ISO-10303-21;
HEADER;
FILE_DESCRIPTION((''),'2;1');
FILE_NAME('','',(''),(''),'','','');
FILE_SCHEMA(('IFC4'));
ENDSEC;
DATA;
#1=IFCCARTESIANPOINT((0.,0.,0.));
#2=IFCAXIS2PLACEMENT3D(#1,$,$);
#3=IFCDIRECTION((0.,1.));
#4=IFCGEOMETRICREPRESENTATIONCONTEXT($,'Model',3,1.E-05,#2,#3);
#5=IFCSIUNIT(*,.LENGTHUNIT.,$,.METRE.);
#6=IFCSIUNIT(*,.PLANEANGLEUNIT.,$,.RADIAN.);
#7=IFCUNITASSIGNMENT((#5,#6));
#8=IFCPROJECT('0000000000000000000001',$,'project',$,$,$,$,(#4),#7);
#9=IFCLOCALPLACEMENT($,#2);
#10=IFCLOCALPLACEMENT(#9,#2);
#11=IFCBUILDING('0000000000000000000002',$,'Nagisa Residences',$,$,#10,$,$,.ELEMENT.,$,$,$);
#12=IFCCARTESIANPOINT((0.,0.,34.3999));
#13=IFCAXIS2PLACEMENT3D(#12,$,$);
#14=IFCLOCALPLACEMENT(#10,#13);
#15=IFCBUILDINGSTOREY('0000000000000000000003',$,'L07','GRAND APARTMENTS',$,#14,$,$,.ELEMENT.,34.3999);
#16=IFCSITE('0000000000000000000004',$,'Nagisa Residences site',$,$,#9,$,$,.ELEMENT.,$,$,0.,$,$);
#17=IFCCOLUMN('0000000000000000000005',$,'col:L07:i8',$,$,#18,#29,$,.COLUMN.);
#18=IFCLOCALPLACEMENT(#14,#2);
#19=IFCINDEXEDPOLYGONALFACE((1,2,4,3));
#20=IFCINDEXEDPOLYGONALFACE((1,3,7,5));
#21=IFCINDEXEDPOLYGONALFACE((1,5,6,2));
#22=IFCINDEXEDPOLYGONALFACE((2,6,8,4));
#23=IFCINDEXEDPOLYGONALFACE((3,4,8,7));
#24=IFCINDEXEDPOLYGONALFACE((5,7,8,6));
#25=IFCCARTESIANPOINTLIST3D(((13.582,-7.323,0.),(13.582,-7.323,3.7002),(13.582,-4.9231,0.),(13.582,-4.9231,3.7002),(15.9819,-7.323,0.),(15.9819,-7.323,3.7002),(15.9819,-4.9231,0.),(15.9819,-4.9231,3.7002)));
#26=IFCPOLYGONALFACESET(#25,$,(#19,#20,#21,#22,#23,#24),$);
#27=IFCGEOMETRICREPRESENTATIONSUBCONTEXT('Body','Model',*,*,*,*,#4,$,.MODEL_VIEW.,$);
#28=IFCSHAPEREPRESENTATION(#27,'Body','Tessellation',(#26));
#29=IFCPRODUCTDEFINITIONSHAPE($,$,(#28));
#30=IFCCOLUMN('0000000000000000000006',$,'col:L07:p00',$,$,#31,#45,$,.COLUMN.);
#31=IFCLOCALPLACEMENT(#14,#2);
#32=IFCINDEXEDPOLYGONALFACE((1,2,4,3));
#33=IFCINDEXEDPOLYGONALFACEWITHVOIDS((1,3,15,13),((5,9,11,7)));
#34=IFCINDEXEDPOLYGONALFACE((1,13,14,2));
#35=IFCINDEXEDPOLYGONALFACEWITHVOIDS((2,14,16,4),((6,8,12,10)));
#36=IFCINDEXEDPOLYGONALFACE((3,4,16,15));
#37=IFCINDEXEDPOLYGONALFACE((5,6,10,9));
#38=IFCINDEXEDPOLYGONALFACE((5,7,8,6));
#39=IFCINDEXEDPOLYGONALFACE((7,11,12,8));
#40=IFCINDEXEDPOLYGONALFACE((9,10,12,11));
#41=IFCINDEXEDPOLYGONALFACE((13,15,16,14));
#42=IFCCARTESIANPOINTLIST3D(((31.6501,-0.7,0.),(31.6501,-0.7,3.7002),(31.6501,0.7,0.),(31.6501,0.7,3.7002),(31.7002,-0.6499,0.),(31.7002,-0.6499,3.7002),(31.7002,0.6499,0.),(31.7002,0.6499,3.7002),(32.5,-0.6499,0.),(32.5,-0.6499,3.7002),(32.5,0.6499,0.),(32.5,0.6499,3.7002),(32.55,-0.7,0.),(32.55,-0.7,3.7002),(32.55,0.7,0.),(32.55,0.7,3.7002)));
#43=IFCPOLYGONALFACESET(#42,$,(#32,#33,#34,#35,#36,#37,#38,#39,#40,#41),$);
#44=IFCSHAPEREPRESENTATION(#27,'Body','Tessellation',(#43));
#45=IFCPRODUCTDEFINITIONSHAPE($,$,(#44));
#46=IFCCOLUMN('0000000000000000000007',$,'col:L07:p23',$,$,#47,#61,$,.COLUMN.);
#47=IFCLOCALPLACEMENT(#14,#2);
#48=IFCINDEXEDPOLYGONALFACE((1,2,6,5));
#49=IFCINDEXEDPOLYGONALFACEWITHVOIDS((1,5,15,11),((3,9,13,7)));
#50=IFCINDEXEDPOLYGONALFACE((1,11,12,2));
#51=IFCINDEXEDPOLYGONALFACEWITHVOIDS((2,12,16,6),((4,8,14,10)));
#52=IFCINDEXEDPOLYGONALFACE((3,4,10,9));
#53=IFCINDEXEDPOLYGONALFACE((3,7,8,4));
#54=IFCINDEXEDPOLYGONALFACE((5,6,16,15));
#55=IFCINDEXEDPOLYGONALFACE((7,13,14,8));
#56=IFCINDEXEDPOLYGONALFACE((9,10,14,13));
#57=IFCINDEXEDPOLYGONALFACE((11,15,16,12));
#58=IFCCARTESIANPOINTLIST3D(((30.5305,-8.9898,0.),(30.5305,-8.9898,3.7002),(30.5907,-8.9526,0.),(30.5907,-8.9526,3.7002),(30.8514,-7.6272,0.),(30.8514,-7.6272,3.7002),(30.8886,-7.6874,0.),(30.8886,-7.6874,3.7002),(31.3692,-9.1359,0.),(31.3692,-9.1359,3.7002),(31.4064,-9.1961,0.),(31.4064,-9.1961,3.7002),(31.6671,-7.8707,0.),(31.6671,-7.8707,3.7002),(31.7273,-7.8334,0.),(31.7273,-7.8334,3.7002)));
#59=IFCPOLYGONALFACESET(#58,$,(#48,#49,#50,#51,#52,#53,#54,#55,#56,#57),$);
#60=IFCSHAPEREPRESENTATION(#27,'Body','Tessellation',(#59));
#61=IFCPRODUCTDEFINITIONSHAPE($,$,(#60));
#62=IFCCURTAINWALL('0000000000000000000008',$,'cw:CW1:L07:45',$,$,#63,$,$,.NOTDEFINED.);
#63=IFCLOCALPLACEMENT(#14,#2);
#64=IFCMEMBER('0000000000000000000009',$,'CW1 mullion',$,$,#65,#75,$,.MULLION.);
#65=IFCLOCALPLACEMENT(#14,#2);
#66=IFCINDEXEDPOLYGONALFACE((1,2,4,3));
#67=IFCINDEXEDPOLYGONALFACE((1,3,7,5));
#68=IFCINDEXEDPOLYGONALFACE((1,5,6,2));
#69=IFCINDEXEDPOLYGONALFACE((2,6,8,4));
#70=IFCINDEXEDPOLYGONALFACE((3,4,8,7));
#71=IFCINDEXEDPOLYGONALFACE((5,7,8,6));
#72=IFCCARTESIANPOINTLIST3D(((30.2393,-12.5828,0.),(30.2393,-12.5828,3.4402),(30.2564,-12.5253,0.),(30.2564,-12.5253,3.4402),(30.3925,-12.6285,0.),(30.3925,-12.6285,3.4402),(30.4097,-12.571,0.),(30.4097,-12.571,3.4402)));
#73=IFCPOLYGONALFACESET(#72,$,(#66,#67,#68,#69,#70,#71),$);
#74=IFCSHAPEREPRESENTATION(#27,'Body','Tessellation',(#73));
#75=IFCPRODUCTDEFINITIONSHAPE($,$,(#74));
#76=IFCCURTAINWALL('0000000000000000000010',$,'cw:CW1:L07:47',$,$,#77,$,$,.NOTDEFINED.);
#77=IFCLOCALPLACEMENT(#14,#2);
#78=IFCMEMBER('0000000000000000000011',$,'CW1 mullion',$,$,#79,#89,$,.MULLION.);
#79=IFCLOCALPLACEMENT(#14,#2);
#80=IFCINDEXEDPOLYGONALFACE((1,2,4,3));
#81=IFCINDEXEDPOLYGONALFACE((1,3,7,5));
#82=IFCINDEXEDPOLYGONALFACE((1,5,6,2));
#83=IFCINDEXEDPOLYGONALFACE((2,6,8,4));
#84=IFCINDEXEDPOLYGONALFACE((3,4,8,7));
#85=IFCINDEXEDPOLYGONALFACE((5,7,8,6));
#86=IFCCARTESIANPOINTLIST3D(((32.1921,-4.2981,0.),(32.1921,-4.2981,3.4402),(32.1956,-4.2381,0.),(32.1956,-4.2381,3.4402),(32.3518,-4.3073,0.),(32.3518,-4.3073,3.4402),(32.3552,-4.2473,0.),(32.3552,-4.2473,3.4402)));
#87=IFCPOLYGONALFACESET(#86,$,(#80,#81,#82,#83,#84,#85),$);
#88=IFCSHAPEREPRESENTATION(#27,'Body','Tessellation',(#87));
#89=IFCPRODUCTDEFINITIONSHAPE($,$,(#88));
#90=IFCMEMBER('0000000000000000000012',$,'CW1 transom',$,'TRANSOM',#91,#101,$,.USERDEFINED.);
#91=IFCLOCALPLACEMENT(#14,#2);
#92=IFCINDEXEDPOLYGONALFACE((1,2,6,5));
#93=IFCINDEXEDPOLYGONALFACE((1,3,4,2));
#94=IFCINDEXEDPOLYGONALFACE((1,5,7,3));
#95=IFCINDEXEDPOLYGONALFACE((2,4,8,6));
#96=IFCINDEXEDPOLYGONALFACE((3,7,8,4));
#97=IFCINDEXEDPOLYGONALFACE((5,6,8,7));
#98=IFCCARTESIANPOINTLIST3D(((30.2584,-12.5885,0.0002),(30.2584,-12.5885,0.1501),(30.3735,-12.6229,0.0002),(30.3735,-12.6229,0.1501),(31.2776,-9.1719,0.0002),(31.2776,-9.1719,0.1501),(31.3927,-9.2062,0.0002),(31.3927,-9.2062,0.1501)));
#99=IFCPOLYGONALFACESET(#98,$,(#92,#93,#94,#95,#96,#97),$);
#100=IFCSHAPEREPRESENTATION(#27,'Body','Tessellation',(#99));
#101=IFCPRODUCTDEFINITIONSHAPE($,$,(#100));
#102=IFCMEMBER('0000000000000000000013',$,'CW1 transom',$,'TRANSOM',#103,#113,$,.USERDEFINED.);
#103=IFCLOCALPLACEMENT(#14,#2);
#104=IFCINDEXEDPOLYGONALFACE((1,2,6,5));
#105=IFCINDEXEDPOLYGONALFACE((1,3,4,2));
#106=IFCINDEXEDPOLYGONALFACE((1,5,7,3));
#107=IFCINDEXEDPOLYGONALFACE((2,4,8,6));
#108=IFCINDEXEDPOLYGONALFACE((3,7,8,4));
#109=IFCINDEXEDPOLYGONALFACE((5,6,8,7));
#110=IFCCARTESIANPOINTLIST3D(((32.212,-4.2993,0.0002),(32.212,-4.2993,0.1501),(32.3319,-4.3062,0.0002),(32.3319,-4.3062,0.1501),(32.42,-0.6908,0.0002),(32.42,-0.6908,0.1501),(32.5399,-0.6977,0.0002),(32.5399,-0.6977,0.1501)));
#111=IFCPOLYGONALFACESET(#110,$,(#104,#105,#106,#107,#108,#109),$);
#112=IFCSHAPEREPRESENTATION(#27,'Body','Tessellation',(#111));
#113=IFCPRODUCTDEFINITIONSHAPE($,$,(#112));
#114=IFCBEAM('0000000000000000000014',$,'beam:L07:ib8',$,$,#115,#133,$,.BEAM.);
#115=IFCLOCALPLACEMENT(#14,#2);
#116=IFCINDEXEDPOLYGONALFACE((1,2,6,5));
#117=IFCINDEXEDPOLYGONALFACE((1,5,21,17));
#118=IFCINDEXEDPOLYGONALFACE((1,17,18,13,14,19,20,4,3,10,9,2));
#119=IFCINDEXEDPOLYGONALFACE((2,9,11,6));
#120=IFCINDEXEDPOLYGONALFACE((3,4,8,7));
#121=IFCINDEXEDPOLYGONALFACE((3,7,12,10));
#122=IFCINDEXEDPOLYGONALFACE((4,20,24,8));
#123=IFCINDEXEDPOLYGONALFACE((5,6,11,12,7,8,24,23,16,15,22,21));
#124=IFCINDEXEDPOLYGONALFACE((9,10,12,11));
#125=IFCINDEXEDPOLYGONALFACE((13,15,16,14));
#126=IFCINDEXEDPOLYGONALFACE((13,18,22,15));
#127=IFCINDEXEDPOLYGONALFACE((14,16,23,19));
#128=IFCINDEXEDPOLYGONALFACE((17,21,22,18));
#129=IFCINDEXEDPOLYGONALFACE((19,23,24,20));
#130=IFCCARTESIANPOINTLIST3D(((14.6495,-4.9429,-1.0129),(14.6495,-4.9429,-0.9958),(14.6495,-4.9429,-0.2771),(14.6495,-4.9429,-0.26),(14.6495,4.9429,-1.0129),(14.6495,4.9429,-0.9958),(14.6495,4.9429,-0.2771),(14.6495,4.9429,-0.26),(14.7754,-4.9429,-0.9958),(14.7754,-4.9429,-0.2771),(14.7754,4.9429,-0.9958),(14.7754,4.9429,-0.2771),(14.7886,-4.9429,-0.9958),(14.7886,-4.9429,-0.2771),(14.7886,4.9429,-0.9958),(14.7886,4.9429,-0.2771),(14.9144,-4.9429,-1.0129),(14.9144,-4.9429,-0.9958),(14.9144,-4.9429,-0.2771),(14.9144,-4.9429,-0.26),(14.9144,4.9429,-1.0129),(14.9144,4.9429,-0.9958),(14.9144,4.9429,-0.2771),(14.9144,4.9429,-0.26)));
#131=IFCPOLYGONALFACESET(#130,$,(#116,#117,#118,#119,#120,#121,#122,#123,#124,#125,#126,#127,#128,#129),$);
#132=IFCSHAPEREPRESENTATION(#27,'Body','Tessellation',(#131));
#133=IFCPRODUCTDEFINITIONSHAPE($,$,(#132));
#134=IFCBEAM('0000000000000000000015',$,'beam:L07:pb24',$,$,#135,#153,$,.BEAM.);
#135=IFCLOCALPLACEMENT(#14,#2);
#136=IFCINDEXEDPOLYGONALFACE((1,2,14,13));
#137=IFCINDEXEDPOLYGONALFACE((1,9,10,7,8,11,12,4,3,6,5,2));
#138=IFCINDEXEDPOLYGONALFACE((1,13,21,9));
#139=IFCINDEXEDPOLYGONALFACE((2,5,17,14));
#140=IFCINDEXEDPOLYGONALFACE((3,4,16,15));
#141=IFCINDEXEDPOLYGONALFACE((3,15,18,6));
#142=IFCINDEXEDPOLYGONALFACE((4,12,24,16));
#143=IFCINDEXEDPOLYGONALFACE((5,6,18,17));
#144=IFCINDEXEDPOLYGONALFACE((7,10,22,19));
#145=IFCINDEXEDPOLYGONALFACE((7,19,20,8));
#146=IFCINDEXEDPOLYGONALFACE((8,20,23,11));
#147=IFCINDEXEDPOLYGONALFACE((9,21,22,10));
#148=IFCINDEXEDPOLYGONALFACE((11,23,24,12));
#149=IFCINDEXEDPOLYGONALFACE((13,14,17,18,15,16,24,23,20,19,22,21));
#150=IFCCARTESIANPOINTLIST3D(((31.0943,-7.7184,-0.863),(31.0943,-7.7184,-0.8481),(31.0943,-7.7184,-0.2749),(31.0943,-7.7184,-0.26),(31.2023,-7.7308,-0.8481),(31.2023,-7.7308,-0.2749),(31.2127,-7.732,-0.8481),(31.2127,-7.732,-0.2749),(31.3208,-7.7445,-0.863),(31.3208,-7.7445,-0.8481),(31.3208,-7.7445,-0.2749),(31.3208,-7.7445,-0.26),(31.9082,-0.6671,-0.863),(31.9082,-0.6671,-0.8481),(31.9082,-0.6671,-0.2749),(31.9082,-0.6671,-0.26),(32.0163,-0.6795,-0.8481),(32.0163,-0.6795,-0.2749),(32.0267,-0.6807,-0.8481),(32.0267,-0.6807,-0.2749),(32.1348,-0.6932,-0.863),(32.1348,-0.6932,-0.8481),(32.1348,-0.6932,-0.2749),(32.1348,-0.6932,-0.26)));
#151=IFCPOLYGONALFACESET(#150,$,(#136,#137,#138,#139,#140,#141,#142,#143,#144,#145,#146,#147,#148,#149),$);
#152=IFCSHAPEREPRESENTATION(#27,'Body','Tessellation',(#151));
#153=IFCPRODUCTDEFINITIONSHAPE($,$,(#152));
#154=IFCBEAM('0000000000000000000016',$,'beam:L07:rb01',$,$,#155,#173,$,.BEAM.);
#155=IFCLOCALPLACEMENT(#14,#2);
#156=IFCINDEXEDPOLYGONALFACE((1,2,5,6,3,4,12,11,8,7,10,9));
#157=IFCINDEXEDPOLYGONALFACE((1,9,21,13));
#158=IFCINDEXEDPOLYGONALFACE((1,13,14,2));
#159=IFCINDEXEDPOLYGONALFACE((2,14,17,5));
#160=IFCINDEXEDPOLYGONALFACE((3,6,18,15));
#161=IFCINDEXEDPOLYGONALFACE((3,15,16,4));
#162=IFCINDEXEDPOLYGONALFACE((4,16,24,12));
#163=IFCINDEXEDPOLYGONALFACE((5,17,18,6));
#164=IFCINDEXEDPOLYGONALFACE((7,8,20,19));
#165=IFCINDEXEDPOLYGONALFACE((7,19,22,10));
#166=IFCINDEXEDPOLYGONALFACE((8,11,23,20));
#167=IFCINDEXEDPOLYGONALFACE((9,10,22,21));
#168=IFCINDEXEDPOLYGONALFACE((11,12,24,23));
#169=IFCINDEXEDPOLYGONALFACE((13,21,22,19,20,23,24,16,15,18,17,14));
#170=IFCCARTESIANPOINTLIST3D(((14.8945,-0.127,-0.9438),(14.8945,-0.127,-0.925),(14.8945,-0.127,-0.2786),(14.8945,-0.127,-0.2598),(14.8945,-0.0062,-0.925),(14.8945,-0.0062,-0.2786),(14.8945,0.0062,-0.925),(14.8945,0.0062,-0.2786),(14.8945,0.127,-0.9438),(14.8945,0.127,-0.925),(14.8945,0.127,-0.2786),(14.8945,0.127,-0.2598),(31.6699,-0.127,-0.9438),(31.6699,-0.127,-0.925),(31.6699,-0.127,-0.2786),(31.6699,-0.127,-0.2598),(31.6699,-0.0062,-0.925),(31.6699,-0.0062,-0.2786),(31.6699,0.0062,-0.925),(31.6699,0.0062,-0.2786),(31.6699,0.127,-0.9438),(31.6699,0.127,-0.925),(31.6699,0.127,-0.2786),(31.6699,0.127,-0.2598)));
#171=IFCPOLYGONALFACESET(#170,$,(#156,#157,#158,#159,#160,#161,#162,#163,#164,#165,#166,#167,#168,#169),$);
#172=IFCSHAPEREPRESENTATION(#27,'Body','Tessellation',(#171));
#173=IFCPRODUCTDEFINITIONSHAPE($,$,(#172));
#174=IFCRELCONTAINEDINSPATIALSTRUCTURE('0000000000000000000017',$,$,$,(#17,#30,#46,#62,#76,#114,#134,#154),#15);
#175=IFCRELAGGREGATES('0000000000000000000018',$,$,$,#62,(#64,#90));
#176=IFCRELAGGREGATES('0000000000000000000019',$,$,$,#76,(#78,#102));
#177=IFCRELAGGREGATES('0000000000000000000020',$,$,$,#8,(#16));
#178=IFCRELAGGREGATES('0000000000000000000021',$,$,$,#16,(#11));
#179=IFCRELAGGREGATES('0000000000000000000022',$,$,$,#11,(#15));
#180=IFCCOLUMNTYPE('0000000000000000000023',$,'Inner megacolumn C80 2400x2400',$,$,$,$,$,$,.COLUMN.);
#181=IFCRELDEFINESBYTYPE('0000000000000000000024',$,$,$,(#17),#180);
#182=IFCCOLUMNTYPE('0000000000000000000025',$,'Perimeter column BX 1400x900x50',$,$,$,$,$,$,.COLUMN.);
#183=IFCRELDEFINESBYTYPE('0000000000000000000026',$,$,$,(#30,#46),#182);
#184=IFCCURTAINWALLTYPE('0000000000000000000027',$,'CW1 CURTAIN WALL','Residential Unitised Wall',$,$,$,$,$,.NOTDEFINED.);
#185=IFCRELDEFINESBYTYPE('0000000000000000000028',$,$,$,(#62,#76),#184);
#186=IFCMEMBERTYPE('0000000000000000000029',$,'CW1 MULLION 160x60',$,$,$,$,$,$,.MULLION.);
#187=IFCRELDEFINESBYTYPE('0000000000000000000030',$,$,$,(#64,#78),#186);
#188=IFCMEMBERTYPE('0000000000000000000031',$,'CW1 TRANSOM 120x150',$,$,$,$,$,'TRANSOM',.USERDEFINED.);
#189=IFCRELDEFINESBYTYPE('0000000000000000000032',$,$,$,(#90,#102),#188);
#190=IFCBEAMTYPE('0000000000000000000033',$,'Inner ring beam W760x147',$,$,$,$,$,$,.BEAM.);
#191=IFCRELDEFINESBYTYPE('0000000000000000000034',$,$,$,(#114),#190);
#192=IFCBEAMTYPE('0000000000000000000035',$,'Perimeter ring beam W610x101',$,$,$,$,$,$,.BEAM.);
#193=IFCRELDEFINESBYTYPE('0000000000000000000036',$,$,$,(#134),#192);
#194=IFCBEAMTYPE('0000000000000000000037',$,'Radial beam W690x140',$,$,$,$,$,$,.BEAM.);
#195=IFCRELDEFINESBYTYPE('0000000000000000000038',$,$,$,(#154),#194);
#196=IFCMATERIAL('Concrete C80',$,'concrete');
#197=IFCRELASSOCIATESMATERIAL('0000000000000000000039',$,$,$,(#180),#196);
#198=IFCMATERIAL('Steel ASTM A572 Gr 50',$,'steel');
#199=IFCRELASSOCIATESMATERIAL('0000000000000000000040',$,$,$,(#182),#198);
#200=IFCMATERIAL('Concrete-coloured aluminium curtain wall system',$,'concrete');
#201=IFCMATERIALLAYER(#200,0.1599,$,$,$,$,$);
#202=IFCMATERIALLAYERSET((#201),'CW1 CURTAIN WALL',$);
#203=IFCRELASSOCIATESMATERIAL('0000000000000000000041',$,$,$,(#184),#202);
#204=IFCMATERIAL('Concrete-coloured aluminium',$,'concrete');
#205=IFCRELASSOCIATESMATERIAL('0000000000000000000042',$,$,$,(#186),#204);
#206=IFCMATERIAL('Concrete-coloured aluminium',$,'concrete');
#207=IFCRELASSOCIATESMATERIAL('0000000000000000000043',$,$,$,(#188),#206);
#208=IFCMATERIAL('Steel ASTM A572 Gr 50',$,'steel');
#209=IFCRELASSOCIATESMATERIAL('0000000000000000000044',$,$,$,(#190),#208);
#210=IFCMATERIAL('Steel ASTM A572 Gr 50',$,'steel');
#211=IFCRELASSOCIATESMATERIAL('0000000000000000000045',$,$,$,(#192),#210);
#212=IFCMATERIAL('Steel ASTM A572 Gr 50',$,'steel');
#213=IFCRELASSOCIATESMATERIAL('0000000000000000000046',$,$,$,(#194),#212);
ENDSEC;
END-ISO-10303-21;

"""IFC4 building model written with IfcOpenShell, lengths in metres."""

from ifc_helpers import new_model, si_unit, direction, frame, origin, origin_2d, place, context, subcontext, project, spatial, rectangle, hollow_rectangle, i_section, extrude, material, layer, layer_set, material_profile, profile_set, type_object, element, aggregate, save


model = new_model("IFC4")

# Units and contexts
model_context = context("Model", 3, precision=1e-05, world=origin(), true_north=direction((0.0, 1.0)))
body_context = subcontext(model_context, "Body", "Model", "MODEL_VIEW")
ifc_project = project(units=[si_unit("LENGTHUNIT", "METRE"), si_unit("PLANEANGLEUNIT", "RADIAN")], contexts=[model_context])

# Site, building, storey
site_placement = place(None, origin())
site = spatial("IfcSite", under=ifc_project, at=site_placement, Name="Nagisa Residences site", CompositionType="ELEMENT", RefElevation=0.0)
building_placement = place(site_placement, origin())
building = spatial("IfcBuilding", under=site, at=building_placement, Name="Nagisa Residences", CompositionType="ELEMENT")
storey_placement = place(building_placement, frame((0.0, 0.0, 34.3999)))
storey = spatial("IfcBuildingStorey", under=building, at=storey_placement, Name="L07", Description="GRAND APARTMENTS", CompositionType="ELEMENT", Elevation=34.3999)

# Columns
ifc_material_1 = material(Name="Concrete C80", Category="concrete")
ifc_material_profile_1 = material_profile(ifc_material_1, rectangle(XDim=2.3999, YDim=2.3999, at=origin_2d()), Name="C80 2400x2400")
ifc_profile_set_1 = profile_set([ifc_material_profile_1], Name="Concrete C80")
column_type_1 = type_object("IfcColumnType", Name="Inner megacolumn C80 2400x2400", PredefinedType="COLUMN", material=ifc_profile_set_1)
column_placement = place(storey_placement, frame((14.782, -6.123, 0.0), z_axis=(0.0, 0.0, 1.0), x_axis=(1.0, 0.0, 0.0)))
element("IfcColumn", 1, at=column_placement, inside=storey, type_object=column_type_1, Name="col:L07:i8", PredefinedType="COLUMN", context=body_context, shape_type="SweptSolid", body=[
    extrude(rectangle(XDim=2.3999, YDim=2.3999, at=origin_2d()), origin(), (0.0, 0.0, 1.0), 3.7002),
])
ifc_material_2 = material(Name="Steel ASTM A572 Gr 50", Category="steel")
ifc_material_profile_2 = material_profile(ifc_material_2, hollow_rectangle(XDim=1.3999, YDim=0.8999, WallThickness=0.05, at=origin_2d()), Name="BX 1400x900x50")
ifc_profile_set_2 = profile_set([ifc_material_profile_2], Name="Steel ASTM A572 Gr 50")
column_type_2 = type_object("IfcColumnType", Name="Perimeter column BX 1400x900x50", PredefinedType="COLUMN", material=ifc_profile_set_2)
for number, where, z_axis, x_axis, name in (
    (2, (32.1001, 0.0, 0.0), (0.0, 0.0, 1.0), (0.0, 1.0, 0.0), "col:L07:p00"),
    (3, (31.1289, -8.4116, 0.0), (0.0, 0.0, 1.0), (0.229202, 0.973379, 0.0), "col:L07:p23"),
):
    element("IfcColumn", number, at=place(storey_placement, frame(where, z_axis=z_axis, x_axis=x_axis)), inside=storey, type_object=column_type_2, Name=name, PredefinedType="COLUMN", context=body_context, shape_type="SweptSolid", body=[
        extrude(hollow_rectangle(XDim=1.3999, YDim=0.8999, WallThickness=0.05, at=origin_2d()), origin(), (0.0, 0.0, 1.0), 3.7002),
    ])

# Curtain walls, members
ifc_material_3 = material(Name="Concrete-coloured aluminium curtain wall system", Category="concrete")
ifc_layer_1 = layer(ifc_material_3, 0.1599)
ifc_layer_set_1 = layer_set([ifc_layer_1], Name="CW1 CURTAIN WALL")
curtain_wall_type = type_object("IfcCurtainWallType", Name="CW1 CURTAIN WALL", Description="Residential Unitised Wall", PredefinedType="NOTDEFINED", material=ifc_layer_set_1)
curtain_wall_1_placement = place(storey_placement, origin())
curtain_wall_1 = element("IfcCurtainWall", 4, at=curtain_wall_1_placement, inside=storey, type_object=curtain_wall_type, Name="cw:CW1:L07:45", PredefinedType="NOTDEFINED")
ifc_material_4 = material(Name="Concrete-coloured aluminium", Category="concrete")
ifc_material_profile_3 = material_profile(ifc_material_4, rectangle(XDim=0.1599, YDim=0.0601, at=origin_2d()), Name="CW1 MULLION 160x60")
ifc_profile_set_3 = profile_set([ifc_material_profile_3], Name="Concrete-coloured aluminium")
member_type_1 = type_object("IfcMemberType", Name="CW1 MULLION 160x60", PredefinedType="MULLION", material=ifc_profile_set_3)
member_1_placement = place(storey_placement, frame((30.3245, -12.5769, 0.0), z_axis=(0.0, 0.0, 1.0), x_axis=(-0.958271, 0.28586, 0.0)))
member_1 = element("IfcMember", 5, at=member_1_placement, type_object=member_type_1, Name="CW1 mullion", PredefinedType="MULLION", context=body_context, shape_type="SweptSolid", body=[
    extrude(rectangle(XDim=0.1599, YDim=0.0601, at=origin_2d()), origin(), (0.0, 0.0, 1.0), 3.4402),
])
curtain_wall_2_placement = place(storey_placement, origin())
curtain_wall_2 = element("IfcCurtainWall", 6, at=curtain_wall_2_placement, inside=storey, type_object=curtain_wall_type, Name="cw:CW1:L07:47", PredefinedType="NOTDEFINED")
member_2_placement = place(storey_placement, frame((32.2737, -4.2727, 0.0), z_axis=(0.0, 0.0, 1.0), x_axis=(-0.998345, 0.057503, 0.0)))
member_2 = element("IfcMember", 7, at=member_2_placement, type_object=member_type_1, Name="CW1 mullion", PredefinedType="MULLION", context=body_context, shape_type="SweptSolid", body=[
    extrude(rectangle(XDim=0.1599, YDim=0.0601, at=origin_2d()), origin(), (0.0, 0.0, 1.0), 3.4402),
])

# Members
ifc_material_5 = material(Name="Concrete-coloured aluminium", Category="concrete")
ifc_material_profile_4 = material_profile(ifc_material_5, rectangle(XDim=0.1201, YDim=0.1499, at=origin_2d()), Name="CW1 TRANSOM 120x150")
ifc_profile_set_4 = profile_set([ifc_material_profile_4], Name="Concrete-coloured aluminium")
member_type_2 = type_object("IfcMemberType", Name="CW1 TRANSOM 120x150", ElementType="TRANSOM", PredefinedType="USERDEFINED", material=ifc_profile_set_4)
member_3_placement = place(storey_placement, frame((30.3159, -12.6057, 0.0752), z_axis=(0.285871, 0.958268, 0.0), x_axis=(-0.958268, 0.285871, 0.0)))
member_3 = element("IfcMember", 8, at=member_3_placement, type_object=member_type_2, Name="CW1 transom", ObjectType="TRANSOM", PredefinedType="USERDEFINED", context=body_context, shape_type="SweptSolid", body=[
    extrude(rectangle(XDim=0.1201, YDim=0.1499, at=origin_2d()), origin(), (0.0, 0.0, 1.0), 3.5654),
])
member_4_placement = place(storey_placement, frame((32.272, -4.3027, 0.0752), z_axis=(0.05755, 0.998343, 0.0), x_axis=(-0.998343, 0.05755, 0.0)))
member_4 = element("IfcMember", 9, at=member_4_placement, type_object=member_type_2, Name="CW1 transom", ObjectType="TRANSOM", PredefinedType="USERDEFINED", context=body_context, shape_type="SweptSolid", body=[
    extrude(rectangle(XDim=0.1201, YDim=0.1499, at=origin_2d()), origin(), (0.0, 0.0, 1.0), 3.6145),
])

# Beams
ifc_material_6 = material(Name="Steel ASTM A572 Gr 50", Category="steel")
ifc_material_profile_5 = material_profile(ifc_material_6, i_section(OverallWidth=0.2649, OverallDepth=0.7529, WebThickness=0.0132, FlangeThickness=0.0171, at=origin_2d()), Name="W760x147")
ifc_profile_set_5 = profile_set([ifc_material_profile_5], Name="Steel ASTM A572 Gr 50")
beam_type_1 = type_object("IfcBeamType", Name="Inner ring beam W760x147", PredefinedType="BEAM", material=ifc_profile_set_5)
beam_1_placement = place(storey_placement, frame((14.782, -4.9429, -0.6365), z_axis=(0.0, 1.0, 0.0), x_axis=(-1.0, 0.0, 0.0)))
element("IfcBeam", 10, at=beam_1_placement, inside=storey, type_object=beam_type_1, Name="beam:L07:ib8", PredefinedType="BEAM", context=body_context, shape_type="SweptSolid", body=[
    extrude(i_section(OverallWidth=0.2649, OverallDepth=0.7529, WebThickness=0.0132, FlangeThickness=0.0171, at=origin_2d()), origin(), (0.0, 0.0, 1.0), 9.8857),
])
ifc_material_7 = material(Name="Steel ASTM A572 Gr 50", Category="steel")
ifc_material_profile_6 = material_profile(ifc_material_7, i_section(OverallWidth=0.228, OverallDepth=0.603, WebThickness=0.0105, FlangeThickness=0.0149, at=origin_2d()), Name="W610x101")
ifc_profile_set_6 = profile_set([ifc_material_profile_6], Name="Steel ASTM A572 Gr 50")
beam_type_2 = type_object("IfcBeamType", Name="Perimeter ring beam W610x101", PredefinedType="BEAM", material=ifc_profile_set_6)
beam_2_placement = place(storey_placement, frame((31.2075, -7.7314, -0.5615), z_axis=(0.114674, 0.993403, 0.0), x_axis=(-0.993403, 0.114674, 0.0)))
element("IfcBeam", 11, at=beam_2_placement, inside=storey, type_object=beam_type_2, Name="beam:L07:pb24", PredefinedType="BEAM", context=body_context, shape_type="SweptSolid", body=[
    extrude(i_section(OverallWidth=0.228, OverallDepth=0.603, WebThickness=0.0105, FlangeThickness=0.0149, at=origin_2d()), origin(), (0.0, 0.0, 1.0), 7.0981),
])
ifc_material_8 = material(Name="Steel ASTM A572 Gr 50", Category="steel")
ifc_material_profile_7 = material_profile(ifc_material_8, i_section(OverallWidth=0.2539, OverallDepth=0.6841, WebThickness=0.0125, FlangeThickness=0.0188, at=origin_2d()), Name="W690x140")
ifc_profile_set_7 = profile_set([ifc_material_profile_7], Name="Steel ASTM A572 Gr 50")
beam_type_3 = type_object("IfcBeamType", Name="Radial beam W690x140", PredefinedType="BEAM", material=ifc_profile_set_7)
beam_3_placement = place(storey_placement, frame((31.6699, 0.0, -0.6018), z_axis=(-1.0, 0.0, 0.0), x_axis=(0.0, -1.0, 0.0)))
element("IfcBeam", 12, at=beam_3_placement, inside=storey, type_object=beam_type_3, Name="beam:L07:rb01", PredefinedType="BEAM", context=body_context, shape_type="SweptSolid", body=[
    extrude(i_section(OverallWidth=0.2539, OverallDepth=0.6841, WebThickness=0.0125, FlangeThickness=0.0188, at=origin_2d()), origin(), (0.0, 0.0, 1.0), 16.7754),
])

aggregate(curtain_wall_1, [member_1, member_3])
aggregate(curtain_wall_2, [member_2, member_4])

save(model, "model.ifc")
